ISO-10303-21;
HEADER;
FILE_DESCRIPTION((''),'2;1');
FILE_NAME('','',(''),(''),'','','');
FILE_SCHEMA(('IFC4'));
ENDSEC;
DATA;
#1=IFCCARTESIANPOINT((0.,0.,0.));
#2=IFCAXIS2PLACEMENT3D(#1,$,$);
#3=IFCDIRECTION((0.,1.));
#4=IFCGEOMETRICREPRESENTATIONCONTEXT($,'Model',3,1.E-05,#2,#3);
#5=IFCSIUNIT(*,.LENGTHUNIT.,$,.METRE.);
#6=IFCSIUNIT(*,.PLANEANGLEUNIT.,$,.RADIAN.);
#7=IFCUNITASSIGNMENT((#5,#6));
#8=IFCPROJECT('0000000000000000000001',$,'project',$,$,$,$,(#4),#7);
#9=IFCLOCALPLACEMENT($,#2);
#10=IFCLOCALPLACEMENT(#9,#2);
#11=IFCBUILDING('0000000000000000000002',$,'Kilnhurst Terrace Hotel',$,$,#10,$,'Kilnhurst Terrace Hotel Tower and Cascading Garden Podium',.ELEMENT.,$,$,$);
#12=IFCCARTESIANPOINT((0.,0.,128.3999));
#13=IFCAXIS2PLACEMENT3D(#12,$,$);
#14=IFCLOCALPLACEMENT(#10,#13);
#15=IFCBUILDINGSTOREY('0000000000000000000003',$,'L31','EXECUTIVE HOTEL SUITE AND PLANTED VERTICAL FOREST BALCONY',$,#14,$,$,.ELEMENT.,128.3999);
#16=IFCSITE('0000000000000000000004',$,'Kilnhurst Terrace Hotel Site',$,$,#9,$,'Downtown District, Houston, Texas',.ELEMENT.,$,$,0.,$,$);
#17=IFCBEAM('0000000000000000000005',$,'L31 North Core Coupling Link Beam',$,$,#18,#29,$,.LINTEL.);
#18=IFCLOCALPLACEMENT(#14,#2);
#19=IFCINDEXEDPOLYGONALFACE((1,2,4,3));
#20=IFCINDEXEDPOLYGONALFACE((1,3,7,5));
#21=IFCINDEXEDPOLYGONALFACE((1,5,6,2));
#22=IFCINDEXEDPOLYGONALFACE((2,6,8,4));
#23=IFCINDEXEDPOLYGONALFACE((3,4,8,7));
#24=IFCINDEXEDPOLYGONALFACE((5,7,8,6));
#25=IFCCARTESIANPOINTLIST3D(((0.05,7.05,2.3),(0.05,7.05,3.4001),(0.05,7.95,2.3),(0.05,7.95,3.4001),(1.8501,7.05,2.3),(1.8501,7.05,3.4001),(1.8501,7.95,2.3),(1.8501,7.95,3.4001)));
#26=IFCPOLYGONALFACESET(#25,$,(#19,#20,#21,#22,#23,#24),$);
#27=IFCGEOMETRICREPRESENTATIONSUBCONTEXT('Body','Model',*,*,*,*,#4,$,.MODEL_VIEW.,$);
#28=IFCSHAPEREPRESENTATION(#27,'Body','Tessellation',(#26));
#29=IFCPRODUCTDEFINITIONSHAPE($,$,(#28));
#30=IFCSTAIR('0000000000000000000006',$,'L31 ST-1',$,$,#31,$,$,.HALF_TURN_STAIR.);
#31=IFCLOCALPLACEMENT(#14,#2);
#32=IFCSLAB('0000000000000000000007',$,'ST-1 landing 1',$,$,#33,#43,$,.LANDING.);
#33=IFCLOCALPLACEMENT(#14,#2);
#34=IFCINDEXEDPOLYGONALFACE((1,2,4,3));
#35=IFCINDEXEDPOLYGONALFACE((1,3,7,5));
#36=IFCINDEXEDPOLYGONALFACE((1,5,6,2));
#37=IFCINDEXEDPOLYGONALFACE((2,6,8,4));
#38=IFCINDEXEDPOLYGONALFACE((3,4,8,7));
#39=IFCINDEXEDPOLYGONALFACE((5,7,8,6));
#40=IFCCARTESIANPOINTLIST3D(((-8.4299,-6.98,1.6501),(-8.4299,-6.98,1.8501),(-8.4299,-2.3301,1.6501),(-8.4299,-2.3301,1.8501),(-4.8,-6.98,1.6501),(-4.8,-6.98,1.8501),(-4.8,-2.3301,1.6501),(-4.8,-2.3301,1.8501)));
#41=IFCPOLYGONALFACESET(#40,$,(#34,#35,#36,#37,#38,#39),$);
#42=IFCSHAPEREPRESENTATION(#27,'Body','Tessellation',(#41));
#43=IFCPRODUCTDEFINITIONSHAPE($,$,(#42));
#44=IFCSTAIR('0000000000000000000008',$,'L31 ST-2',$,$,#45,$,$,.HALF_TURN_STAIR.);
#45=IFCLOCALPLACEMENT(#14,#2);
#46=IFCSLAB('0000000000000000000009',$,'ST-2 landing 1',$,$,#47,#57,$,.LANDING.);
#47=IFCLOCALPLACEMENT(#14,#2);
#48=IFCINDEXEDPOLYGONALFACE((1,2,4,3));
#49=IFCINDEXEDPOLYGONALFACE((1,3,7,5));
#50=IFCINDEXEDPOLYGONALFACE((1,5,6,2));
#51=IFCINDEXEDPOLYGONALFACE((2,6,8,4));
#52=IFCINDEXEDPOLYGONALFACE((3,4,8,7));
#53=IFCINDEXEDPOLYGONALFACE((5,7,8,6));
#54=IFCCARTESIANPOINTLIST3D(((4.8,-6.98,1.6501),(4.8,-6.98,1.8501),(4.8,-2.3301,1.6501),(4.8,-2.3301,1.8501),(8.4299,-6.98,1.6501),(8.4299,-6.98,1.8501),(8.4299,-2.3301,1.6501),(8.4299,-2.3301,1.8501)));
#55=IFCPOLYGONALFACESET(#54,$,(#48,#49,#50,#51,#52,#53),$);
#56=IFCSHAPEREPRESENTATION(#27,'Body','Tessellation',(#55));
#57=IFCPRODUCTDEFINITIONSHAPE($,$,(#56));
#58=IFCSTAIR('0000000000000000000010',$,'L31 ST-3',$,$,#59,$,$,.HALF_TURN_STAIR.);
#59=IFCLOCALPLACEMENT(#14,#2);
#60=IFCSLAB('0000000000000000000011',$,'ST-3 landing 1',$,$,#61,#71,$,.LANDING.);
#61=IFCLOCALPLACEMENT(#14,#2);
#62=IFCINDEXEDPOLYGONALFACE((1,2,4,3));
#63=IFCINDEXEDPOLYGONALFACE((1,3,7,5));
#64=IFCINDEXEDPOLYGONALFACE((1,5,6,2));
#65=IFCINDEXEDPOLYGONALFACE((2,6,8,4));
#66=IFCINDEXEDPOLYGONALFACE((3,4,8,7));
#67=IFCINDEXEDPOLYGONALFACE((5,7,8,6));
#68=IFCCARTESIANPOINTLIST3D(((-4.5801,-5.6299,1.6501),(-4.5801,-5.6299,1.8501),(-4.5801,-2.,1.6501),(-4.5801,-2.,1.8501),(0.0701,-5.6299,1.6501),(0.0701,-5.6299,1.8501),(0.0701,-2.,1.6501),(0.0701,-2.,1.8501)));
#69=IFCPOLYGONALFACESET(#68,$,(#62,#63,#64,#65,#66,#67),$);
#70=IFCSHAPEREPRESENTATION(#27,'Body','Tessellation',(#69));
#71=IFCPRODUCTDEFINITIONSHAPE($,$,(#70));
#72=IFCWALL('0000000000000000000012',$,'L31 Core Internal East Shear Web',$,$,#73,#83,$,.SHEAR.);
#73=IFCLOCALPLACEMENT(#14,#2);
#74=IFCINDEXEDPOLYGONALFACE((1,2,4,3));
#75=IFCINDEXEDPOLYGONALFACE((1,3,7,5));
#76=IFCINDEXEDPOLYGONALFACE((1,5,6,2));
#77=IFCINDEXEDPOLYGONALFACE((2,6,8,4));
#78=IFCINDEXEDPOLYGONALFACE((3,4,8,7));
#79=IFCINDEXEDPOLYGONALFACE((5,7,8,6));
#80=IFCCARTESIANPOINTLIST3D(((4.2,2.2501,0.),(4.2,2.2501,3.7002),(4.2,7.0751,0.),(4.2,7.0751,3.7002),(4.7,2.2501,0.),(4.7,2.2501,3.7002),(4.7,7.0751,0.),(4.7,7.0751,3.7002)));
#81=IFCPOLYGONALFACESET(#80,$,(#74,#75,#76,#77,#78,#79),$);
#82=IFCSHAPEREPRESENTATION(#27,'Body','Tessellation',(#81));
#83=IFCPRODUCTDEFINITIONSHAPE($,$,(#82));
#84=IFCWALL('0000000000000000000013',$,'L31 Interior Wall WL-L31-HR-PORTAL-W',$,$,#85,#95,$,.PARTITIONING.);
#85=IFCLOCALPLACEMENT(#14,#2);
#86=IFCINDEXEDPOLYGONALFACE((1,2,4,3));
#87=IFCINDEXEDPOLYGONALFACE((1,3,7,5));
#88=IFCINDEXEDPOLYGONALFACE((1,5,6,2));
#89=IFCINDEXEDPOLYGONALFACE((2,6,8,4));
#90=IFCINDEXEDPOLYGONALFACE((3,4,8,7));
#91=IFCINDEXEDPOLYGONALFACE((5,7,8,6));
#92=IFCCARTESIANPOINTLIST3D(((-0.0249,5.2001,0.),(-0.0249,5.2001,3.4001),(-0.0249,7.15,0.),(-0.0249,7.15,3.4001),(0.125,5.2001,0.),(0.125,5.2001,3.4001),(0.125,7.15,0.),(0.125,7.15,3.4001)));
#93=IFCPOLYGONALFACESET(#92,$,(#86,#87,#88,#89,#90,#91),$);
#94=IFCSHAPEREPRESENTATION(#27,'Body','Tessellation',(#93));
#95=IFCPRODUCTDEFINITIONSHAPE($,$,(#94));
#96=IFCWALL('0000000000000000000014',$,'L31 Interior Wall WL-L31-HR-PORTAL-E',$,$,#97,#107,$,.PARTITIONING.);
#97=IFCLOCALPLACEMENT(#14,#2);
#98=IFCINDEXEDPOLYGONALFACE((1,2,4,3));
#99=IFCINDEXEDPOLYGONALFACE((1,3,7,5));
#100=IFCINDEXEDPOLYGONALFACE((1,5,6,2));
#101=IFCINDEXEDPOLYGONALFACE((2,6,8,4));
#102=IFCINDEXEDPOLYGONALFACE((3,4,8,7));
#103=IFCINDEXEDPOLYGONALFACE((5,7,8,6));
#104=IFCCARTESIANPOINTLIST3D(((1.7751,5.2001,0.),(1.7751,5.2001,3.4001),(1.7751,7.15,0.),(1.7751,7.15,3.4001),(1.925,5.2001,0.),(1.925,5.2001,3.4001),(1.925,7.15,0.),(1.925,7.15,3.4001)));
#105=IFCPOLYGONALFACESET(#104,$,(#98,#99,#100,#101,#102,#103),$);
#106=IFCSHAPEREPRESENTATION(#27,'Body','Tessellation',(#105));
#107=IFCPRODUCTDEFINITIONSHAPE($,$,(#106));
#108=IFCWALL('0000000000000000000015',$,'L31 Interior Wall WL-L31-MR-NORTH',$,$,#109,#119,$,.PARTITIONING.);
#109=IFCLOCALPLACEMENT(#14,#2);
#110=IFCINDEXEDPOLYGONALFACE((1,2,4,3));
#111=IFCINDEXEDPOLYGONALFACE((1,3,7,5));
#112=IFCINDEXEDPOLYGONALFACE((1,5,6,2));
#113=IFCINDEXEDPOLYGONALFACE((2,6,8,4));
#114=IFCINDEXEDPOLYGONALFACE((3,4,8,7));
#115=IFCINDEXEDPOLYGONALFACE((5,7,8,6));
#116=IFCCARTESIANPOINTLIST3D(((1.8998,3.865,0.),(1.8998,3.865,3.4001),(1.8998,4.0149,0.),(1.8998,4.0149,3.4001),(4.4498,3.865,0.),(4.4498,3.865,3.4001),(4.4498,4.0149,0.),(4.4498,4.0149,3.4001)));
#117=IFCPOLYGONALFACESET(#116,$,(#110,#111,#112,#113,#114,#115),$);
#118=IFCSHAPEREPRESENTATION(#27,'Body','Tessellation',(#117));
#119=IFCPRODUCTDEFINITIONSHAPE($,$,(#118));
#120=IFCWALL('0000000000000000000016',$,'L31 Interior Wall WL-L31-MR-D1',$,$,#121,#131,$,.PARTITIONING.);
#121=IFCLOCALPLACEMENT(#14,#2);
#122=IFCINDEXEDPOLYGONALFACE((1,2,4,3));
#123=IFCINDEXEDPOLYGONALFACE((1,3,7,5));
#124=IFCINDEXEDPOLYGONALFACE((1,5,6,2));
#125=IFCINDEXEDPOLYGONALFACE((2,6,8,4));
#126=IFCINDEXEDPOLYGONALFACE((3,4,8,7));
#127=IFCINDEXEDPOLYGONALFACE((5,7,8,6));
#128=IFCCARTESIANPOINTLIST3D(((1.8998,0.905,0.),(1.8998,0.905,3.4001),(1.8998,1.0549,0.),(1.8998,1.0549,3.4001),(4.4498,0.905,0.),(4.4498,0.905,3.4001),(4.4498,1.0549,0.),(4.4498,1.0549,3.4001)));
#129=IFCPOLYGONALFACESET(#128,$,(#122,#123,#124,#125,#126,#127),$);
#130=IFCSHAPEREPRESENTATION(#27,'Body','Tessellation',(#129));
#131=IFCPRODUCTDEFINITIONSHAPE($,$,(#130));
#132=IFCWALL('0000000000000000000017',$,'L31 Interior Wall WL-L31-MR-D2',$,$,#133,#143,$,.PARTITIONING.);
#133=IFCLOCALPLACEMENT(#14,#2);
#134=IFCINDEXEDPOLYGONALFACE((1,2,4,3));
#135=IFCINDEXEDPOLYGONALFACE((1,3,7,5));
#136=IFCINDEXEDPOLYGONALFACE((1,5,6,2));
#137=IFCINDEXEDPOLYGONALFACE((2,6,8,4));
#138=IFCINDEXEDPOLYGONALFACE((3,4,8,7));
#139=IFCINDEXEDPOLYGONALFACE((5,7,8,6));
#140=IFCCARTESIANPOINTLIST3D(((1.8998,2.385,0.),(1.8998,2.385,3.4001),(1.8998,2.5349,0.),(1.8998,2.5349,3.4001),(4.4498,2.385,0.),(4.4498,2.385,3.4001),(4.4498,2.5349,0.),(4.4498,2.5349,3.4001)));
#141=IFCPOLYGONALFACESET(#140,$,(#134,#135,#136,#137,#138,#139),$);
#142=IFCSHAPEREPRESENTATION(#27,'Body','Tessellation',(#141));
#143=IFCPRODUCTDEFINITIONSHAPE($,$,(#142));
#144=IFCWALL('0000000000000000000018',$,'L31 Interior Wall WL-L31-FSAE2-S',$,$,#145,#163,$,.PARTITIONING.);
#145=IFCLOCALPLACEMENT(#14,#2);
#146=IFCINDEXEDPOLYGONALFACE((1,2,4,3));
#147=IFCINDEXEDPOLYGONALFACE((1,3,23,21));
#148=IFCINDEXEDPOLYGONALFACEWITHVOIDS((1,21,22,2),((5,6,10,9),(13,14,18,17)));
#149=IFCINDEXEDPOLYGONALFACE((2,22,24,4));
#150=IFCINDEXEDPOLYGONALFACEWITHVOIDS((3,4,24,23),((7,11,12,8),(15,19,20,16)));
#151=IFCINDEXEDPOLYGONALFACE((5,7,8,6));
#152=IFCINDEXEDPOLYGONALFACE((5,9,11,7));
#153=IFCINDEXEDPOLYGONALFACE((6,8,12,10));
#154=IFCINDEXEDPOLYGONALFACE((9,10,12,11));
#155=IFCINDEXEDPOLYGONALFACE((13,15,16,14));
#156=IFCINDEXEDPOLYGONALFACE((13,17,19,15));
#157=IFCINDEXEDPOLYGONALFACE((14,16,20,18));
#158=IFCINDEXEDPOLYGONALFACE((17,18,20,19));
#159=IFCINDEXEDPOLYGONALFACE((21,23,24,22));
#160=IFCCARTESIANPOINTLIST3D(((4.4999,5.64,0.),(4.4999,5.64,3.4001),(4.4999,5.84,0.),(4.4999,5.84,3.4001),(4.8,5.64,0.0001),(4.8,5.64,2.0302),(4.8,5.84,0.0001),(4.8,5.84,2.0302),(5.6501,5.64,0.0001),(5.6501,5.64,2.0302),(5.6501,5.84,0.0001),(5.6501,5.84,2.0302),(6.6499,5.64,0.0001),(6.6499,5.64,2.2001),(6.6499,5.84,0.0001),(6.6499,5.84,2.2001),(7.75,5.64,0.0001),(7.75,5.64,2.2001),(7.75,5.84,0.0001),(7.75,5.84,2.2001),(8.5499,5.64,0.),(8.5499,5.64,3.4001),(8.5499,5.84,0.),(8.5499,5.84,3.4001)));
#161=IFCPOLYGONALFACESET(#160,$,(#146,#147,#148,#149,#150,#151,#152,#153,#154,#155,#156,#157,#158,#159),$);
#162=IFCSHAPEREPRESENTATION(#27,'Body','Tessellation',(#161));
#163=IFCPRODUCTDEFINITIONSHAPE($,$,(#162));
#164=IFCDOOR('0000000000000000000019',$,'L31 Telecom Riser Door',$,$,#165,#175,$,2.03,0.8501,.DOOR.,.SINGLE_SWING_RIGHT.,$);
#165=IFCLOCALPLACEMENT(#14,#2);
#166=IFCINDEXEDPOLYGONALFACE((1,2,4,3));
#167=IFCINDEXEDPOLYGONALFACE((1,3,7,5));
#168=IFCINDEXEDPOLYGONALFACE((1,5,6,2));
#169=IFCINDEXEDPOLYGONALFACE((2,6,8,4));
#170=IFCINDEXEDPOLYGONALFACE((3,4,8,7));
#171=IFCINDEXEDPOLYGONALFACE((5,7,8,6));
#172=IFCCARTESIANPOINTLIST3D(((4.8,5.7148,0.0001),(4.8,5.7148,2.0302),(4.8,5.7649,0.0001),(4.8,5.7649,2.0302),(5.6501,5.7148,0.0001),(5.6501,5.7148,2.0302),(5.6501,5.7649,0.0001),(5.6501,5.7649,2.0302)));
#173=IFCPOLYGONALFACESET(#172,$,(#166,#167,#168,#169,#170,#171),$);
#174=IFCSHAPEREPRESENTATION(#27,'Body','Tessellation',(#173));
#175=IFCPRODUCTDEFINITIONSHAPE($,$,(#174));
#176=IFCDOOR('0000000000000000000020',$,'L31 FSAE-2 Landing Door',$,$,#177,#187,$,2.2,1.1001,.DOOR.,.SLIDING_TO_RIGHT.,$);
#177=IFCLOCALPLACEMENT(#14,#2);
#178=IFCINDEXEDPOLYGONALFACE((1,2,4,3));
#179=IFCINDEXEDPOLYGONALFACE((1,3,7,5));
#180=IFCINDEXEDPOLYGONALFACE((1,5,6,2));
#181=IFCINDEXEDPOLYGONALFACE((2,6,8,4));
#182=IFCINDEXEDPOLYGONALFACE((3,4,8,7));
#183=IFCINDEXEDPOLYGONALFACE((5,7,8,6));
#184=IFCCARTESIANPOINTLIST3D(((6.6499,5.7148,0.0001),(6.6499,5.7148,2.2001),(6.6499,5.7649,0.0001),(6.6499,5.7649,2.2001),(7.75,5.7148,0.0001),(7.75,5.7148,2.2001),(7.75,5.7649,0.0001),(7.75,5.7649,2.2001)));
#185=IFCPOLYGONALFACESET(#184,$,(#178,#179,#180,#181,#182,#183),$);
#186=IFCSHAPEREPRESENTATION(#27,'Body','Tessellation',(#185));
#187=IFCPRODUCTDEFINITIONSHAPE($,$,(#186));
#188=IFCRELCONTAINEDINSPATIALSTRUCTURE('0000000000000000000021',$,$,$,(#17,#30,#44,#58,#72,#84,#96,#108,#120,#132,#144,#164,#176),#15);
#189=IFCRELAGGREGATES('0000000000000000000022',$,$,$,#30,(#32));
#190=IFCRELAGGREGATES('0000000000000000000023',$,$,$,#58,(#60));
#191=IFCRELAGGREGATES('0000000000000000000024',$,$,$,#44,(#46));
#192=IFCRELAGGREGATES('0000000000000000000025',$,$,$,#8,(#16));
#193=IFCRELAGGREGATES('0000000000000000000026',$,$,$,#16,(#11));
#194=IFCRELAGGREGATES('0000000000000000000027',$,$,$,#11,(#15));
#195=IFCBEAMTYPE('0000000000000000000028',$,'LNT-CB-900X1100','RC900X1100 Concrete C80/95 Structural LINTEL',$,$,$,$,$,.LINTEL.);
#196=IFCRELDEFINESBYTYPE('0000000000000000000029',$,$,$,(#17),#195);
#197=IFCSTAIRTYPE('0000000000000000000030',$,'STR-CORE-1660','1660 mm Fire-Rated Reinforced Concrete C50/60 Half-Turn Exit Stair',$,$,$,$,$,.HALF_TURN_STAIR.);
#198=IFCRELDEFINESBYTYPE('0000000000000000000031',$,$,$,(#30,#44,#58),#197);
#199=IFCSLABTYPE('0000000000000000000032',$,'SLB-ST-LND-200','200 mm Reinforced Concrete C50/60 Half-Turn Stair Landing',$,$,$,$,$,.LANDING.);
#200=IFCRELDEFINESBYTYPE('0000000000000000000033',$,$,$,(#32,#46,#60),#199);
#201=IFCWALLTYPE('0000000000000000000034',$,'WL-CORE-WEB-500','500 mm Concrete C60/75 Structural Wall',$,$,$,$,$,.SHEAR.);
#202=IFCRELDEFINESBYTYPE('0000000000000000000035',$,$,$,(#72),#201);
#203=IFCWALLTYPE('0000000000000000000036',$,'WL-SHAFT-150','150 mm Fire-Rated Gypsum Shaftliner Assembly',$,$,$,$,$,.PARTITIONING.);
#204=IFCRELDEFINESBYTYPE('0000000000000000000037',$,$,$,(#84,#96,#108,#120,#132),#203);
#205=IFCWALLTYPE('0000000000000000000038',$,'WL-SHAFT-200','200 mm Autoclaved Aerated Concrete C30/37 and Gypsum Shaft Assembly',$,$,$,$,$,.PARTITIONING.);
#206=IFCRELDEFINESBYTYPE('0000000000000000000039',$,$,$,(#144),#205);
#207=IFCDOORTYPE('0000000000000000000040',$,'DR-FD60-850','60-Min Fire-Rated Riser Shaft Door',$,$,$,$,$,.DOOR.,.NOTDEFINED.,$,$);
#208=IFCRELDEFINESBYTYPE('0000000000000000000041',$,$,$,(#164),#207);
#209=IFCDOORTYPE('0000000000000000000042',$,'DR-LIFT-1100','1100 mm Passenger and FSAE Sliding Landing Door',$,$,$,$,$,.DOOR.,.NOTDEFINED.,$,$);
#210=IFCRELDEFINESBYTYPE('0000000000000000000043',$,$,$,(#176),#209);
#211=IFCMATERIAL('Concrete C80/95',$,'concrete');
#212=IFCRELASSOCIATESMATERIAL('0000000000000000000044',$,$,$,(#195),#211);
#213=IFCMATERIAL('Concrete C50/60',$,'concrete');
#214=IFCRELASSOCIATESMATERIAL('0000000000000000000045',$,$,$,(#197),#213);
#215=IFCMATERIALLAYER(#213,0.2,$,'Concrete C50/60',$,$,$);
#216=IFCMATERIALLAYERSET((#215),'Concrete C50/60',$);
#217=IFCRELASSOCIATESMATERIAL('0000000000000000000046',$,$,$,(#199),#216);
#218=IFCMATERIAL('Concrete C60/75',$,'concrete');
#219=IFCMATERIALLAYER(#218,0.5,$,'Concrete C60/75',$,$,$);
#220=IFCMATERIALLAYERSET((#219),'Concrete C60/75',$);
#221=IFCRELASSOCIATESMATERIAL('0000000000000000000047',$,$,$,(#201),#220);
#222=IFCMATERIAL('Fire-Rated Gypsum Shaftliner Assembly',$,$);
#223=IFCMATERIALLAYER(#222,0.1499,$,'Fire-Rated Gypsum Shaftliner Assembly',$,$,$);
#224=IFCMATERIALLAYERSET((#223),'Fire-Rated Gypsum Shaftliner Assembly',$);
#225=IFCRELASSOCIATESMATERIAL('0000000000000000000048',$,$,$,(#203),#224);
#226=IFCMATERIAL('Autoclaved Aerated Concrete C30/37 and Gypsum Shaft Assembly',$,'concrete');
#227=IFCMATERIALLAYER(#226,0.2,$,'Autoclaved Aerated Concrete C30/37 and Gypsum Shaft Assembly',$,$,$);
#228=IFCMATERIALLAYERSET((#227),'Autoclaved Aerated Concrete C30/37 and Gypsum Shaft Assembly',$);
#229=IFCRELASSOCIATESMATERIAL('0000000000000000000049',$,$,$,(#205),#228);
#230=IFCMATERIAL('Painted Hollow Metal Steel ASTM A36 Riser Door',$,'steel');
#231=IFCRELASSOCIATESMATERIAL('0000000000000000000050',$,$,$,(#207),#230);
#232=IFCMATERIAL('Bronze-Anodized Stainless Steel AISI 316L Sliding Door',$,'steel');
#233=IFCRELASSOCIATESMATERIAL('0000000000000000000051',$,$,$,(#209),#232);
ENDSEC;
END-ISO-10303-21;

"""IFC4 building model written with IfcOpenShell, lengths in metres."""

from ifc_helpers import new_model, si_unit, direction, frame, frame_2d, origin, origin_2d, place, context, subcontext, project, spatial, polyline, rectangle, outline, extrude, material, layer, layer_set, material_profile, profile_set, type_object, element, fill, aggregate, save


model = new_model("IFC4")

# Units and contexts
model_context = context("Model", 3, precision=1e-05, world=origin(), true_north=direction((0.0, 1.0)))
body_context = subcontext(model_context, "Body", "Model", "MODEL_VIEW")
ifc_project = project(units=[si_unit("LENGTHUNIT", "METRE"), si_unit("PLANEANGLEUNIT", "RADIAN")], contexts=[model_context])

# Site, building, storey
site_placement = place(None, origin())
site = spatial("IfcSite", under=ifc_project, at=site_placement, Name="Kilnhurst Terrace Hotel Site", LongName="Downtown District, Houston, Texas", CompositionType="ELEMENT", RefElevation=0.0)
building_placement = place(site_placement, origin())
building = spatial("IfcBuilding", under=site, at=building_placement, Name="Kilnhurst Terrace Hotel", LongName="Kilnhurst Terrace Hotel Tower and Cascading Garden Podium", CompositionType="ELEMENT")
storey_placement = place(building_placement, frame((0.0, 0.0, 128.3999)))
storey = spatial("IfcBuildingStorey", under=building, at=storey_placement, Name="L31", Description="EXECUTIVE HOTEL SUITE AND PLANTED VERTICAL FOREST BALCONY", CompositionType="ELEMENT", Elevation=128.3999)

# Beam
ifc_material_1 = material(Name="Concrete C80/95", Category="concrete")
ifc_material_profile = material_profile(ifc_material_1, rectangle(XDim=0.8999, YDim=1.1001, at=origin_2d()), Name="RC900X1100")
ifc_profile_set = profile_set([ifc_material_profile], Name="Concrete C80/95")
beam_type = type_object("IfcBeamType", Name="LNT-CB-900X1100", Description="RC900X1100 Concrete C80/95 Structural LINTEL", PredefinedType="LINTEL", material=ifc_profile_set)
beam_placement = place(storey_placement, frame((0.05, 7.5, 2.8501), z_axis=(1.0, 0.0, 0.0), x_axis=(0.0, 1.0, 0.0)))
element("IfcBeam", 1, at=beam_placement, inside=storey, type_object=beam_type, Name="L31 North Core Coupling Link Beam", PredefinedType="LINTEL", context=body_context, shape_type="SweptSolid", body=[
    extrude(rectangle(XDim=0.8999, YDim=1.1001, at=origin_2d()), origin(), (0.0, 0.0, 1.0), 1.8),
])

# Stairs, slabs
ifc_material_2 = material(Name="Concrete C50/60", Category="concrete")
stair_type = type_object("IfcStairType", Name="STR-CORE-1660", Description="1660 mm Fire-Rated Reinforced Concrete C50/60 Half-Turn Exit Stair", PredefinedType="HALF_TURN_STAIR", material=ifc_material_2)
stair_1_placement = place(storey_placement, origin())
stair_1 = element("IfcStair", 2, at=stair_1_placement, inside=storey, type_object=stair_type, Name="L31 ST-1", PredefinedType="HALF_TURN_STAIR")
ifc_layer_1 = layer(ifc_material_2, 0.2, Name="Concrete C50/60")
ifc_layer_set_1 = layer_set([ifc_layer_1], Name="Concrete C50/60")
slab_type = type_object("IfcSlabType", Name="SLB-ST-LND-200", Description="200 mm Reinforced Concrete C50/60 Half-Turn Stair Landing", PredefinedType="LANDING", material=ifc_layer_set_1)
slab_1_placement = place(storey_placement, frame((0.0, 0.0, 1.6501)))
slab_1 = element("IfcSlab", 3, at=slab_1_placement, type_object=slab_type, Name="ST-1 landing 1", PredefinedType="LANDING", context=body_context, shape_type="SweptSolid", body=[
    extrude(outline(polyline([(-8.4299, -2.3301), (-4.8, -2.3301), (-4.8, -6.98), (-8.4299, -6.98), (-8.4299, -2.3301)])), origin(), (0.0, 0.0, 1.0), 0.2),
])
aggregate(stair_1, [slab_1])
stair_2_placement = place(storey_placement, origin())
stair_2 = element("IfcStair", 4, at=stair_2_placement, inside=storey, type_object=stair_type, Name="L31 ST-2", PredefinedType="HALF_TURN_STAIR")
slab_2_placement = place(storey_placement, frame((0.0, 0.0, 1.6501)))
slab_2 = element("IfcSlab", 5, at=slab_2_placement, type_object=slab_type, Name="ST-2 landing 1", PredefinedType="LANDING", context=body_context, shape_type="SweptSolid", body=[
    extrude(outline(polyline([(4.8, -2.3301), (8.4299, -2.3301), (8.4299, -6.98), (4.8, -6.98), (4.8, -2.3301)])), origin(), (0.0, 0.0, 1.0), 0.2),
])
stair_3_placement = place(storey_placement, origin())
stair_3 = element("IfcStair", 6, at=stair_3_placement, inside=storey, type_object=stair_type, Name="L31 ST-3", PredefinedType="HALF_TURN_STAIR")
slab_3_placement = place(storey_placement, frame((0.0, 0.0, 1.6501)))
slab_3 = element("IfcSlab", 7, at=slab_3_placement, type_object=slab_type, Name="ST-3 landing 1", PredefinedType="LANDING", context=body_context, shape_type="SweptSolid", body=[
    extrude(outline(polyline([(0.0701, -2.0), (0.0701, -5.6299), (-4.5801, -5.6299), (-4.5801, -2.0), (0.0701, -2.0)])), origin(), (0.0, 0.0, 1.0), 0.2),
])
aggregate(stair_3, [slab_3])

# Walls
ifc_material_3 = material(Name="Concrete C60/75", Category="concrete")
ifc_layer_2 = layer(ifc_material_3, 0.5, Name="Concrete C60/75")
ifc_layer_set_2 = layer_set([ifc_layer_2], Name="Concrete C60/75")
wall_type_1 = type_object("IfcWallType", Name="WL-CORE-WEB-500", Description="500 mm Concrete C60/75 Structural Wall", PredefinedType="SHEAR", material=ifc_layer_set_2)
wall_1_placement = place(storey_placement, frame((4.45, 2.25, 0.0), z_axis=(0.0, 0.0, 1.0), x_axis=(0.0, 1.0, 0.0)))
element("IfcWall", 8, at=wall_1_placement, inside=storey, type_object=wall_type_1, Name="L31 Core Internal East Shear Web", PredefinedType="SHEAR", context=body_context, shape_type="SweptSolid", body=[
    extrude(rectangle(XDim=4.825, YDim=0.5, at=frame_2d((2.4126, 0.0))), origin(), (0.0, 0.0, 1.0), 3.7002),
])
ifc_material_4 = material(Name="Fire-Rated Gypsum Shaftliner Assembly")
ifc_layer_3 = layer(ifc_material_4, 0.1499, Name="Fire-Rated Gypsum Shaftliner Assembly")
ifc_layer_set_3 = layer_set([ifc_layer_3], Name="Fire-Rated Gypsum Shaftliner Assembly")
wall_type_2 = type_object("IfcWallType", Name="WL-SHAFT-150", Description="150 mm Fire-Rated Gypsum Shaftliner Assembly", PredefinedType="PARTITIONING", material=ifc_layer_set_3)
for number, where, z_axis, x_axis, name in (
    (9, (0.05, 5.2, 0.0), (0.0, 0.0, 1.0), (0.0, 1.0, 0.0), "L31 Interior Wall WL-L31-HR-PORTAL-W"),
    (10, (1.8501, 5.2, 0.0), (0.0, 0.0, 1.0), (0.0, 1.0, 0.0), "L31 Interior Wall WL-L31-HR-PORTAL-E"),
):
    element("IfcWall", number, at=place(storey_placement, frame(where, z_axis=z_axis, x_axis=x_axis)), inside=storey, type_object=wall_type_2, Name=name, PredefinedType="PARTITIONING", context=body_context, shape_type="SweptSolid", body=[
        extrude(rectangle(XDim=1.95, YDim=0.1499, at=frame_2d((0.9751, 0.0))), origin(), (0.0, 0.0, 1.0), 3.4001),
    ])
for number, where, z_axis, x_axis, name in (
    (11, (1.8999, 3.9399, 0.0), (0.0, 0.0, 1.0), (1.0, 0.0, 0.0), "L31 Interior Wall WL-L31-MR-NORTH"),
    (12, (1.8999, 0.98, 0.0), (0.0, 0.0, 1.0), (1.0, 0.0, 0.0), "L31 Interior Wall WL-L31-MR-D1"),
    (13, (1.8999, 2.46, 0.0), (0.0, 0.0, 1.0), (1.0, 0.0, 0.0), "L31 Interior Wall WL-L31-MR-D2"),
):
    element("IfcWall", number, at=place(storey_placement, frame(where, z_axis=z_axis, x_axis=x_axis)), inside=storey, type_object=wall_type_2, Name=name, PredefinedType="PARTITIONING", context=body_context, shape_type="SweptSolid", body=[
        extrude(rectangle(XDim=2.55, YDim=0.1499, at=frame_2d((1.2749, 0.0))), origin(), (0.0, 0.0, 1.0), 3.4001),
    ])

# Wall, openings, doors
ifc_material_5 = material(Name="Autoclaved Aerated Concrete C30/37 and Gypsum Shaft Assembly", Category="concrete")
ifc_layer_4 = layer(ifc_material_5, 0.2, Name="Autoclaved Aerated Concrete C30/37 and Gypsum Shaft Assembly")
ifc_layer_set_4 = layer_set([ifc_layer_4], Name="Autoclaved Aerated Concrete C30/37 and Gypsum Shaft Assembly")
wall_type_3 = type_object("IfcWallType", Name="WL-SHAFT-200", Description="200 mm Autoclaved Aerated Concrete C30/37 and Gypsum Shaft Assembly", PredefinedType="PARTITIONING", material=ifc_layer_set_4)
wall_2_placement = place(storey_placement, frame((4.5, 5.74, 0.0), z_axis=(0.0, 0.0, 1.0), x_axis=(1.0, 0.0, 0.0)))
wall_2 = element("IfcWall", 14, at=wall_2_placement, inside=storey, type_object=wall_type_3, Name="L31 Interior Wall WL-L31-FSAE2-S", PredefinedType="PARTITIONING", context=body_context, shape_type="SweptSolid", body=[
    extrude(rectangle(XDim=4.05, YDim=0.2, at=frame_2d((2.0249, 0.0))), origin(), (0.0, 0.0, 1.0), 3.4001),
])
opening_1_placement = place(wall_2_placement, frame((0.3, 0.0, 0.0)))
opening_1 = element("IfcOpeningElement", 15, at=opening_1_placement, cuts=wall_2, PredefinedType="OPENING", context=body_context, shape_type="SweptSolid", body=[
    extrude(rectangle(XDim=0.8501, YDim=2.03, at=frame_2d((0.425, 1.0151))), frame((0.0, 0.1099, 0.0), z_axis=(0.0, -1.0, 0.0), x_axis=(1.0, 0.0, 0.0)), (0.0, 0.0, 1.0), 0.22),
])
opening_2_placement = place(wall_2_placement, frame((2.1499, 0.0, 0.0)))
opening_2 = element("IfcOpeningElement", 16, at=opening_2_placement, cuts=wall_2, PredefinedType="OPENING", context=body_context, shape_type="SweptSolid", body=[
    extrude(rectangle(XDim=1.1001, YDim=2.2, at=frame_2d((0.55, 1.1001))), frame((0.0, 0.1099, 0.0), z_axis=(0.0, -1.0, 0.0), x_axis=(1.0, 0.0, 0.0)), (0.0, 0.0, 1.0), 0.22),
])
ifc_material_6 = material(Name="Painted Hollow Metal Steel ASTM A36 Riser Door", Category="steel")
door_type_1 = type_object("IfcDoorType", Name="DR-FD60-850", Description="60-Min Fire-Rated Riser Shaft Door", OperationType="NOTDEFINED", PredefinedType="DOOR", material=ifc_material_6)
door_1_placement = place(opening_1_placement, origin())
door_1 = element("IfcDoor", 17, at=door_1_placement, inside=storey, type_object=door_type_1, Name="L31 Telecom Riser Door", OperationType="SINGLE_SWING_RIGHT", OverallHeight=2.03, OverallWidth=0.8501, PredefinedType="DOOR", context=body_context, shape_type="SweptSolid", body=[
    extrude(rectangle(XDim=0.8501, YDim=2.03, at=frame_2d((0.425, 1.0151))), frame((0.0, 0.0249, 0.0), z_axis=(0.0, -1.0, 0.0), x_axis=(1.0, 0.0, 0.0)), (0.0, 0.0, 1.0), 0.05),
])
fill(opening_1, door_1)
ifc_material_7 = material(Name="Bronze-Anodized Stainless Steel AISI 316L Sliding Door", Category="steel")
door_type_2 = type_object("IfcDoorType", Name="DR-LIFT-1100", Description="1100 mm Passenger and FSAE Sliding Landing Door", OperationType="NOTDEFINED", PredefinedType="DOOR", material=ifc_material_7)
door_2_placement = place(opening_2_placement, origin())
door_2 = element("IfcDoor", 18, at=door_2_placement, inside=storey, type_object=door_type_2, Name="L31 FSAE-2 Landing Door", OperationType="SLIDING_TO_RIGHT", OverallHeight=2.2, OverallWidth=1.1001, PredefinedType="DOOR", context=body_context, shape_type="SweptSolid", body=[
    extrude(rectangle(XDim=1.1001, YDim=2.2, at=frame_2d((0.55, 1.1001))), frame((0.0, 0.0249, 0.0), z_axis=(0.0, -1.0, 0.0), x_axis=(1.0, 0.0, 0.0)), (0.0, 0.0, 1.0), 0.05),
])
fill(opening_2, door_2)

aggregate(stair_2, [slab_2])

save(model, "model.ifc")
